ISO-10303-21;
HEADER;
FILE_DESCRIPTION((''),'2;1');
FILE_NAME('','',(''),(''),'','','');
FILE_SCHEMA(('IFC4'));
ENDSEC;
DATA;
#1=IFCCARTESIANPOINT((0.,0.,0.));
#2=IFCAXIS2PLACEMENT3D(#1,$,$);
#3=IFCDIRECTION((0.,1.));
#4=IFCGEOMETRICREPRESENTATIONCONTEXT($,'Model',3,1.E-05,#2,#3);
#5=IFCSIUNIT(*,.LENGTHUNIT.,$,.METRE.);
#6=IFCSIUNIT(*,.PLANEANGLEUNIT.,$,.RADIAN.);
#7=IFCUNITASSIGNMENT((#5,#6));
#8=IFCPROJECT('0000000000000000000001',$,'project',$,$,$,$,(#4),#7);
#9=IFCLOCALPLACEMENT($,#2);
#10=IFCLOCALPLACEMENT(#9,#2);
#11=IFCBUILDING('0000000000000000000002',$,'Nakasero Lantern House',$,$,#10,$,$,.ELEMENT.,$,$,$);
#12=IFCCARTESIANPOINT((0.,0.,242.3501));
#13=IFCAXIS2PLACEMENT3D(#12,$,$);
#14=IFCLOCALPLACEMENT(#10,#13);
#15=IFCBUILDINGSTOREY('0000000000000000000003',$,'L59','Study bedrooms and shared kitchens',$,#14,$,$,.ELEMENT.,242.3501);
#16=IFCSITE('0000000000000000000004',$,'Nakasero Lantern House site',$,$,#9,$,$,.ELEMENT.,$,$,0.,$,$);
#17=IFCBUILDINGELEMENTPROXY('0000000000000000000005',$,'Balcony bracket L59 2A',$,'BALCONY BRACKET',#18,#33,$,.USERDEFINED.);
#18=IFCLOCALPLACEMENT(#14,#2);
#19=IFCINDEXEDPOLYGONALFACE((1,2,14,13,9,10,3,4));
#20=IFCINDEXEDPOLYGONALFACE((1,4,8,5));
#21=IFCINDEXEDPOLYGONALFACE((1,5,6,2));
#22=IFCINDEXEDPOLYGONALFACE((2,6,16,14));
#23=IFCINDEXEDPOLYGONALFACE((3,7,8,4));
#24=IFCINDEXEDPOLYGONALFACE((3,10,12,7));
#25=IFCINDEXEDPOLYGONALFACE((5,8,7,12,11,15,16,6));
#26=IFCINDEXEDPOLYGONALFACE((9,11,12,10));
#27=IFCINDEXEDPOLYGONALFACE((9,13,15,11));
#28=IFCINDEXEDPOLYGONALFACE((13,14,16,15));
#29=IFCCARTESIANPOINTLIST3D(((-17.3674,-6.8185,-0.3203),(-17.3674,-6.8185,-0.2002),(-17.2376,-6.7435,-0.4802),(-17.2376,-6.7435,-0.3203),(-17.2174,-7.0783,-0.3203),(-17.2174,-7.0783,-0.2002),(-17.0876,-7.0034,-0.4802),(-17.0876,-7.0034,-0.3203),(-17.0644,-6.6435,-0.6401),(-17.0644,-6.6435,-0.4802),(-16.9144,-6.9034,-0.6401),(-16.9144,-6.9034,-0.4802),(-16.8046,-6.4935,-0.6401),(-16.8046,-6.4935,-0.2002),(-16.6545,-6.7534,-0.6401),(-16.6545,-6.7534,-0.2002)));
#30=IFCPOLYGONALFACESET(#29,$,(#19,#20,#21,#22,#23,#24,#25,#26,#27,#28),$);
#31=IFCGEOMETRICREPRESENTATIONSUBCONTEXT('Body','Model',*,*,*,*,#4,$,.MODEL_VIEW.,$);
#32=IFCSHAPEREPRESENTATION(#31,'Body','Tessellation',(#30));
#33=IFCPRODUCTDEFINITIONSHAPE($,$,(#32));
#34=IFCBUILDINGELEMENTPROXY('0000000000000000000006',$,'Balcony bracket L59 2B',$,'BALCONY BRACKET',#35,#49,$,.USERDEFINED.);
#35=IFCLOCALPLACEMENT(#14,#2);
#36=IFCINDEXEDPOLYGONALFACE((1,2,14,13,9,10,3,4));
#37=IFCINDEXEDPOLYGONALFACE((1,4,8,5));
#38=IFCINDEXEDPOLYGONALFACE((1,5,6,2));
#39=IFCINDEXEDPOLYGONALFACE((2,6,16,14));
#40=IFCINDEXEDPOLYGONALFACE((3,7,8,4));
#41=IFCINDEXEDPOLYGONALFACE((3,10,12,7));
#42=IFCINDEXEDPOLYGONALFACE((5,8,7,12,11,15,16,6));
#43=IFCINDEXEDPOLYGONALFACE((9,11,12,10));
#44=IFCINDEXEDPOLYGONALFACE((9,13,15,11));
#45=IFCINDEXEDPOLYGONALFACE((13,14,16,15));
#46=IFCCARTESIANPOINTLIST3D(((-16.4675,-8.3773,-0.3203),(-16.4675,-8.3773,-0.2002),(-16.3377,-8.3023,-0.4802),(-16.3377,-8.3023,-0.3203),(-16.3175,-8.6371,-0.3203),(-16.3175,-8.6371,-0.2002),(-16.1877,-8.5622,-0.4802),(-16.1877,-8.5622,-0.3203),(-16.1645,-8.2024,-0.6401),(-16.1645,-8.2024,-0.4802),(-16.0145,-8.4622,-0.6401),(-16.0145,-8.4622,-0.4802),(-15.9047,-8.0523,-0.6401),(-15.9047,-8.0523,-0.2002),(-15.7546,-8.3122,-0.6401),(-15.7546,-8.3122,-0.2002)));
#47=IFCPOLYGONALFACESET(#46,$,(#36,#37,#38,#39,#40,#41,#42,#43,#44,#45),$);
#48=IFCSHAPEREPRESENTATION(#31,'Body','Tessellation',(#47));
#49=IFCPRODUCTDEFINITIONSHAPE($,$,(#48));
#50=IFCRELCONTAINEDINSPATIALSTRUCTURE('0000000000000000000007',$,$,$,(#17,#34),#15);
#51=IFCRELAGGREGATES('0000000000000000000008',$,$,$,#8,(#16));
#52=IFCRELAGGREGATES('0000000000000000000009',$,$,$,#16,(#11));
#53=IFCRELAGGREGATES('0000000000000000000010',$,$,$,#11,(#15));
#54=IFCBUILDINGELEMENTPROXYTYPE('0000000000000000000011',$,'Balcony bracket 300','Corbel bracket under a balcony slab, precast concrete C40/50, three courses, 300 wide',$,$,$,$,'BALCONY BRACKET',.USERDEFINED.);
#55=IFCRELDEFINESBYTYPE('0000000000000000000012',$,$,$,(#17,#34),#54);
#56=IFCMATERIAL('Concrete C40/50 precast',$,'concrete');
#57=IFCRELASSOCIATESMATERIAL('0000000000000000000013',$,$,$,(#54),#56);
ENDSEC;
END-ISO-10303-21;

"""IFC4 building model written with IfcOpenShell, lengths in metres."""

from ifc_helpers import new_model, si_unit, direction, frame, origin, place, context, subcontext, project, spatial, polyline, outline, extrude, material, type_object, element, save


model = new_model("IFC4")

# Units and contexts
model_context = context("Model", 3, precision=1e-05, world=origin(), true_north=direction((0.0, 1.0)))
body_context = subcontext(model_context, "Body", "Model", "MODEL_VIEW")
ifc_project = project(units=[si_unit("LENGTHUNIT", "METRE"), si_unit("PLANEANGLEUNIT", "RADIAN")], contexts=[model_context])

# Site, building, storey
site_placement = place(None, origin())
site = spatial("IfcSite", under=ifc_project, at=site_placement, Name="Nakasero Lantern House site", CompositionType="ELEMENT", RefElevation=0.0)
building_placement = place(site_placement, origin())
building = spatial("IfcBuilding", under=site, at=building_placement, Name="Nakasero Lantern House", CompositionType="ELEMENT")
storey_placement = place(building_placement, frame((0.0, 0.0, 242.3501)))
storey = spatial("IfcBuildingStorey", under=building, at=storey_placement, Name="L59", Description="Study bedrooms and shared kitchens", CompositionType="ELEMENT", Elevation=242.3501)

# Building element proxies
ifc_material_1 = material(Name="Concrete C40/50 precast", Category="concrete")
building_element_proxy_type = type_object("IfcBuildingElementProxyType", Name="Balcony bracket 300", Description="Corbel bracket under a balcony slab, precast concrete C40/50, three courses, 300 wide", ElementType="BALCONY BRACKET", PredefinedType="USERDEFINED", material=ifc_material_1)
for number, where, z_axis, x_axis, name in (
    (1, (-16.7295, -6.6235, -0.2002), (0.0, 0.0, 1.0), (-0.866025, -0.5, 0.0), "Balcony bracket L59 2A"),
    (2, (-15.8296, -8.1824, -0.2002), (0.0, 0.0, 1.0), (-0.866025, -0.5, 0.0), "Balcony bracket L59 2B"),
):
    element("IfcBuildingElementProxy", number, at=place(storey_placement, frame(where, z_axis=z_axis, x_axis=x_axis)), inside=storey, type_object=building_element_proxy_type, Name=name, ObjectType="BALCONY BRACKET", PredefinedType="USERDEFINED", context=body_context, shape_type="SweptSolid", body=[
        extrude(outline(polyline([(0.0, 0.0), (0.6499, 0.0), (0.6499, -0.1201), (0.5, -0.1201), (0.5, -0.28), (0.3, -0.28), (0.3, -0.4399), (0.0, -0.4399), (0.0, 0.0)])), frame((0.0, 0.1499, 0.0), z_axis=(0.0, -1.0, 0.0), x_axis=(1.0, 0.0, 0.0)), (0.0, 0.0, 1.0), 0.3),
    ])

save(model, "model.ifc")
